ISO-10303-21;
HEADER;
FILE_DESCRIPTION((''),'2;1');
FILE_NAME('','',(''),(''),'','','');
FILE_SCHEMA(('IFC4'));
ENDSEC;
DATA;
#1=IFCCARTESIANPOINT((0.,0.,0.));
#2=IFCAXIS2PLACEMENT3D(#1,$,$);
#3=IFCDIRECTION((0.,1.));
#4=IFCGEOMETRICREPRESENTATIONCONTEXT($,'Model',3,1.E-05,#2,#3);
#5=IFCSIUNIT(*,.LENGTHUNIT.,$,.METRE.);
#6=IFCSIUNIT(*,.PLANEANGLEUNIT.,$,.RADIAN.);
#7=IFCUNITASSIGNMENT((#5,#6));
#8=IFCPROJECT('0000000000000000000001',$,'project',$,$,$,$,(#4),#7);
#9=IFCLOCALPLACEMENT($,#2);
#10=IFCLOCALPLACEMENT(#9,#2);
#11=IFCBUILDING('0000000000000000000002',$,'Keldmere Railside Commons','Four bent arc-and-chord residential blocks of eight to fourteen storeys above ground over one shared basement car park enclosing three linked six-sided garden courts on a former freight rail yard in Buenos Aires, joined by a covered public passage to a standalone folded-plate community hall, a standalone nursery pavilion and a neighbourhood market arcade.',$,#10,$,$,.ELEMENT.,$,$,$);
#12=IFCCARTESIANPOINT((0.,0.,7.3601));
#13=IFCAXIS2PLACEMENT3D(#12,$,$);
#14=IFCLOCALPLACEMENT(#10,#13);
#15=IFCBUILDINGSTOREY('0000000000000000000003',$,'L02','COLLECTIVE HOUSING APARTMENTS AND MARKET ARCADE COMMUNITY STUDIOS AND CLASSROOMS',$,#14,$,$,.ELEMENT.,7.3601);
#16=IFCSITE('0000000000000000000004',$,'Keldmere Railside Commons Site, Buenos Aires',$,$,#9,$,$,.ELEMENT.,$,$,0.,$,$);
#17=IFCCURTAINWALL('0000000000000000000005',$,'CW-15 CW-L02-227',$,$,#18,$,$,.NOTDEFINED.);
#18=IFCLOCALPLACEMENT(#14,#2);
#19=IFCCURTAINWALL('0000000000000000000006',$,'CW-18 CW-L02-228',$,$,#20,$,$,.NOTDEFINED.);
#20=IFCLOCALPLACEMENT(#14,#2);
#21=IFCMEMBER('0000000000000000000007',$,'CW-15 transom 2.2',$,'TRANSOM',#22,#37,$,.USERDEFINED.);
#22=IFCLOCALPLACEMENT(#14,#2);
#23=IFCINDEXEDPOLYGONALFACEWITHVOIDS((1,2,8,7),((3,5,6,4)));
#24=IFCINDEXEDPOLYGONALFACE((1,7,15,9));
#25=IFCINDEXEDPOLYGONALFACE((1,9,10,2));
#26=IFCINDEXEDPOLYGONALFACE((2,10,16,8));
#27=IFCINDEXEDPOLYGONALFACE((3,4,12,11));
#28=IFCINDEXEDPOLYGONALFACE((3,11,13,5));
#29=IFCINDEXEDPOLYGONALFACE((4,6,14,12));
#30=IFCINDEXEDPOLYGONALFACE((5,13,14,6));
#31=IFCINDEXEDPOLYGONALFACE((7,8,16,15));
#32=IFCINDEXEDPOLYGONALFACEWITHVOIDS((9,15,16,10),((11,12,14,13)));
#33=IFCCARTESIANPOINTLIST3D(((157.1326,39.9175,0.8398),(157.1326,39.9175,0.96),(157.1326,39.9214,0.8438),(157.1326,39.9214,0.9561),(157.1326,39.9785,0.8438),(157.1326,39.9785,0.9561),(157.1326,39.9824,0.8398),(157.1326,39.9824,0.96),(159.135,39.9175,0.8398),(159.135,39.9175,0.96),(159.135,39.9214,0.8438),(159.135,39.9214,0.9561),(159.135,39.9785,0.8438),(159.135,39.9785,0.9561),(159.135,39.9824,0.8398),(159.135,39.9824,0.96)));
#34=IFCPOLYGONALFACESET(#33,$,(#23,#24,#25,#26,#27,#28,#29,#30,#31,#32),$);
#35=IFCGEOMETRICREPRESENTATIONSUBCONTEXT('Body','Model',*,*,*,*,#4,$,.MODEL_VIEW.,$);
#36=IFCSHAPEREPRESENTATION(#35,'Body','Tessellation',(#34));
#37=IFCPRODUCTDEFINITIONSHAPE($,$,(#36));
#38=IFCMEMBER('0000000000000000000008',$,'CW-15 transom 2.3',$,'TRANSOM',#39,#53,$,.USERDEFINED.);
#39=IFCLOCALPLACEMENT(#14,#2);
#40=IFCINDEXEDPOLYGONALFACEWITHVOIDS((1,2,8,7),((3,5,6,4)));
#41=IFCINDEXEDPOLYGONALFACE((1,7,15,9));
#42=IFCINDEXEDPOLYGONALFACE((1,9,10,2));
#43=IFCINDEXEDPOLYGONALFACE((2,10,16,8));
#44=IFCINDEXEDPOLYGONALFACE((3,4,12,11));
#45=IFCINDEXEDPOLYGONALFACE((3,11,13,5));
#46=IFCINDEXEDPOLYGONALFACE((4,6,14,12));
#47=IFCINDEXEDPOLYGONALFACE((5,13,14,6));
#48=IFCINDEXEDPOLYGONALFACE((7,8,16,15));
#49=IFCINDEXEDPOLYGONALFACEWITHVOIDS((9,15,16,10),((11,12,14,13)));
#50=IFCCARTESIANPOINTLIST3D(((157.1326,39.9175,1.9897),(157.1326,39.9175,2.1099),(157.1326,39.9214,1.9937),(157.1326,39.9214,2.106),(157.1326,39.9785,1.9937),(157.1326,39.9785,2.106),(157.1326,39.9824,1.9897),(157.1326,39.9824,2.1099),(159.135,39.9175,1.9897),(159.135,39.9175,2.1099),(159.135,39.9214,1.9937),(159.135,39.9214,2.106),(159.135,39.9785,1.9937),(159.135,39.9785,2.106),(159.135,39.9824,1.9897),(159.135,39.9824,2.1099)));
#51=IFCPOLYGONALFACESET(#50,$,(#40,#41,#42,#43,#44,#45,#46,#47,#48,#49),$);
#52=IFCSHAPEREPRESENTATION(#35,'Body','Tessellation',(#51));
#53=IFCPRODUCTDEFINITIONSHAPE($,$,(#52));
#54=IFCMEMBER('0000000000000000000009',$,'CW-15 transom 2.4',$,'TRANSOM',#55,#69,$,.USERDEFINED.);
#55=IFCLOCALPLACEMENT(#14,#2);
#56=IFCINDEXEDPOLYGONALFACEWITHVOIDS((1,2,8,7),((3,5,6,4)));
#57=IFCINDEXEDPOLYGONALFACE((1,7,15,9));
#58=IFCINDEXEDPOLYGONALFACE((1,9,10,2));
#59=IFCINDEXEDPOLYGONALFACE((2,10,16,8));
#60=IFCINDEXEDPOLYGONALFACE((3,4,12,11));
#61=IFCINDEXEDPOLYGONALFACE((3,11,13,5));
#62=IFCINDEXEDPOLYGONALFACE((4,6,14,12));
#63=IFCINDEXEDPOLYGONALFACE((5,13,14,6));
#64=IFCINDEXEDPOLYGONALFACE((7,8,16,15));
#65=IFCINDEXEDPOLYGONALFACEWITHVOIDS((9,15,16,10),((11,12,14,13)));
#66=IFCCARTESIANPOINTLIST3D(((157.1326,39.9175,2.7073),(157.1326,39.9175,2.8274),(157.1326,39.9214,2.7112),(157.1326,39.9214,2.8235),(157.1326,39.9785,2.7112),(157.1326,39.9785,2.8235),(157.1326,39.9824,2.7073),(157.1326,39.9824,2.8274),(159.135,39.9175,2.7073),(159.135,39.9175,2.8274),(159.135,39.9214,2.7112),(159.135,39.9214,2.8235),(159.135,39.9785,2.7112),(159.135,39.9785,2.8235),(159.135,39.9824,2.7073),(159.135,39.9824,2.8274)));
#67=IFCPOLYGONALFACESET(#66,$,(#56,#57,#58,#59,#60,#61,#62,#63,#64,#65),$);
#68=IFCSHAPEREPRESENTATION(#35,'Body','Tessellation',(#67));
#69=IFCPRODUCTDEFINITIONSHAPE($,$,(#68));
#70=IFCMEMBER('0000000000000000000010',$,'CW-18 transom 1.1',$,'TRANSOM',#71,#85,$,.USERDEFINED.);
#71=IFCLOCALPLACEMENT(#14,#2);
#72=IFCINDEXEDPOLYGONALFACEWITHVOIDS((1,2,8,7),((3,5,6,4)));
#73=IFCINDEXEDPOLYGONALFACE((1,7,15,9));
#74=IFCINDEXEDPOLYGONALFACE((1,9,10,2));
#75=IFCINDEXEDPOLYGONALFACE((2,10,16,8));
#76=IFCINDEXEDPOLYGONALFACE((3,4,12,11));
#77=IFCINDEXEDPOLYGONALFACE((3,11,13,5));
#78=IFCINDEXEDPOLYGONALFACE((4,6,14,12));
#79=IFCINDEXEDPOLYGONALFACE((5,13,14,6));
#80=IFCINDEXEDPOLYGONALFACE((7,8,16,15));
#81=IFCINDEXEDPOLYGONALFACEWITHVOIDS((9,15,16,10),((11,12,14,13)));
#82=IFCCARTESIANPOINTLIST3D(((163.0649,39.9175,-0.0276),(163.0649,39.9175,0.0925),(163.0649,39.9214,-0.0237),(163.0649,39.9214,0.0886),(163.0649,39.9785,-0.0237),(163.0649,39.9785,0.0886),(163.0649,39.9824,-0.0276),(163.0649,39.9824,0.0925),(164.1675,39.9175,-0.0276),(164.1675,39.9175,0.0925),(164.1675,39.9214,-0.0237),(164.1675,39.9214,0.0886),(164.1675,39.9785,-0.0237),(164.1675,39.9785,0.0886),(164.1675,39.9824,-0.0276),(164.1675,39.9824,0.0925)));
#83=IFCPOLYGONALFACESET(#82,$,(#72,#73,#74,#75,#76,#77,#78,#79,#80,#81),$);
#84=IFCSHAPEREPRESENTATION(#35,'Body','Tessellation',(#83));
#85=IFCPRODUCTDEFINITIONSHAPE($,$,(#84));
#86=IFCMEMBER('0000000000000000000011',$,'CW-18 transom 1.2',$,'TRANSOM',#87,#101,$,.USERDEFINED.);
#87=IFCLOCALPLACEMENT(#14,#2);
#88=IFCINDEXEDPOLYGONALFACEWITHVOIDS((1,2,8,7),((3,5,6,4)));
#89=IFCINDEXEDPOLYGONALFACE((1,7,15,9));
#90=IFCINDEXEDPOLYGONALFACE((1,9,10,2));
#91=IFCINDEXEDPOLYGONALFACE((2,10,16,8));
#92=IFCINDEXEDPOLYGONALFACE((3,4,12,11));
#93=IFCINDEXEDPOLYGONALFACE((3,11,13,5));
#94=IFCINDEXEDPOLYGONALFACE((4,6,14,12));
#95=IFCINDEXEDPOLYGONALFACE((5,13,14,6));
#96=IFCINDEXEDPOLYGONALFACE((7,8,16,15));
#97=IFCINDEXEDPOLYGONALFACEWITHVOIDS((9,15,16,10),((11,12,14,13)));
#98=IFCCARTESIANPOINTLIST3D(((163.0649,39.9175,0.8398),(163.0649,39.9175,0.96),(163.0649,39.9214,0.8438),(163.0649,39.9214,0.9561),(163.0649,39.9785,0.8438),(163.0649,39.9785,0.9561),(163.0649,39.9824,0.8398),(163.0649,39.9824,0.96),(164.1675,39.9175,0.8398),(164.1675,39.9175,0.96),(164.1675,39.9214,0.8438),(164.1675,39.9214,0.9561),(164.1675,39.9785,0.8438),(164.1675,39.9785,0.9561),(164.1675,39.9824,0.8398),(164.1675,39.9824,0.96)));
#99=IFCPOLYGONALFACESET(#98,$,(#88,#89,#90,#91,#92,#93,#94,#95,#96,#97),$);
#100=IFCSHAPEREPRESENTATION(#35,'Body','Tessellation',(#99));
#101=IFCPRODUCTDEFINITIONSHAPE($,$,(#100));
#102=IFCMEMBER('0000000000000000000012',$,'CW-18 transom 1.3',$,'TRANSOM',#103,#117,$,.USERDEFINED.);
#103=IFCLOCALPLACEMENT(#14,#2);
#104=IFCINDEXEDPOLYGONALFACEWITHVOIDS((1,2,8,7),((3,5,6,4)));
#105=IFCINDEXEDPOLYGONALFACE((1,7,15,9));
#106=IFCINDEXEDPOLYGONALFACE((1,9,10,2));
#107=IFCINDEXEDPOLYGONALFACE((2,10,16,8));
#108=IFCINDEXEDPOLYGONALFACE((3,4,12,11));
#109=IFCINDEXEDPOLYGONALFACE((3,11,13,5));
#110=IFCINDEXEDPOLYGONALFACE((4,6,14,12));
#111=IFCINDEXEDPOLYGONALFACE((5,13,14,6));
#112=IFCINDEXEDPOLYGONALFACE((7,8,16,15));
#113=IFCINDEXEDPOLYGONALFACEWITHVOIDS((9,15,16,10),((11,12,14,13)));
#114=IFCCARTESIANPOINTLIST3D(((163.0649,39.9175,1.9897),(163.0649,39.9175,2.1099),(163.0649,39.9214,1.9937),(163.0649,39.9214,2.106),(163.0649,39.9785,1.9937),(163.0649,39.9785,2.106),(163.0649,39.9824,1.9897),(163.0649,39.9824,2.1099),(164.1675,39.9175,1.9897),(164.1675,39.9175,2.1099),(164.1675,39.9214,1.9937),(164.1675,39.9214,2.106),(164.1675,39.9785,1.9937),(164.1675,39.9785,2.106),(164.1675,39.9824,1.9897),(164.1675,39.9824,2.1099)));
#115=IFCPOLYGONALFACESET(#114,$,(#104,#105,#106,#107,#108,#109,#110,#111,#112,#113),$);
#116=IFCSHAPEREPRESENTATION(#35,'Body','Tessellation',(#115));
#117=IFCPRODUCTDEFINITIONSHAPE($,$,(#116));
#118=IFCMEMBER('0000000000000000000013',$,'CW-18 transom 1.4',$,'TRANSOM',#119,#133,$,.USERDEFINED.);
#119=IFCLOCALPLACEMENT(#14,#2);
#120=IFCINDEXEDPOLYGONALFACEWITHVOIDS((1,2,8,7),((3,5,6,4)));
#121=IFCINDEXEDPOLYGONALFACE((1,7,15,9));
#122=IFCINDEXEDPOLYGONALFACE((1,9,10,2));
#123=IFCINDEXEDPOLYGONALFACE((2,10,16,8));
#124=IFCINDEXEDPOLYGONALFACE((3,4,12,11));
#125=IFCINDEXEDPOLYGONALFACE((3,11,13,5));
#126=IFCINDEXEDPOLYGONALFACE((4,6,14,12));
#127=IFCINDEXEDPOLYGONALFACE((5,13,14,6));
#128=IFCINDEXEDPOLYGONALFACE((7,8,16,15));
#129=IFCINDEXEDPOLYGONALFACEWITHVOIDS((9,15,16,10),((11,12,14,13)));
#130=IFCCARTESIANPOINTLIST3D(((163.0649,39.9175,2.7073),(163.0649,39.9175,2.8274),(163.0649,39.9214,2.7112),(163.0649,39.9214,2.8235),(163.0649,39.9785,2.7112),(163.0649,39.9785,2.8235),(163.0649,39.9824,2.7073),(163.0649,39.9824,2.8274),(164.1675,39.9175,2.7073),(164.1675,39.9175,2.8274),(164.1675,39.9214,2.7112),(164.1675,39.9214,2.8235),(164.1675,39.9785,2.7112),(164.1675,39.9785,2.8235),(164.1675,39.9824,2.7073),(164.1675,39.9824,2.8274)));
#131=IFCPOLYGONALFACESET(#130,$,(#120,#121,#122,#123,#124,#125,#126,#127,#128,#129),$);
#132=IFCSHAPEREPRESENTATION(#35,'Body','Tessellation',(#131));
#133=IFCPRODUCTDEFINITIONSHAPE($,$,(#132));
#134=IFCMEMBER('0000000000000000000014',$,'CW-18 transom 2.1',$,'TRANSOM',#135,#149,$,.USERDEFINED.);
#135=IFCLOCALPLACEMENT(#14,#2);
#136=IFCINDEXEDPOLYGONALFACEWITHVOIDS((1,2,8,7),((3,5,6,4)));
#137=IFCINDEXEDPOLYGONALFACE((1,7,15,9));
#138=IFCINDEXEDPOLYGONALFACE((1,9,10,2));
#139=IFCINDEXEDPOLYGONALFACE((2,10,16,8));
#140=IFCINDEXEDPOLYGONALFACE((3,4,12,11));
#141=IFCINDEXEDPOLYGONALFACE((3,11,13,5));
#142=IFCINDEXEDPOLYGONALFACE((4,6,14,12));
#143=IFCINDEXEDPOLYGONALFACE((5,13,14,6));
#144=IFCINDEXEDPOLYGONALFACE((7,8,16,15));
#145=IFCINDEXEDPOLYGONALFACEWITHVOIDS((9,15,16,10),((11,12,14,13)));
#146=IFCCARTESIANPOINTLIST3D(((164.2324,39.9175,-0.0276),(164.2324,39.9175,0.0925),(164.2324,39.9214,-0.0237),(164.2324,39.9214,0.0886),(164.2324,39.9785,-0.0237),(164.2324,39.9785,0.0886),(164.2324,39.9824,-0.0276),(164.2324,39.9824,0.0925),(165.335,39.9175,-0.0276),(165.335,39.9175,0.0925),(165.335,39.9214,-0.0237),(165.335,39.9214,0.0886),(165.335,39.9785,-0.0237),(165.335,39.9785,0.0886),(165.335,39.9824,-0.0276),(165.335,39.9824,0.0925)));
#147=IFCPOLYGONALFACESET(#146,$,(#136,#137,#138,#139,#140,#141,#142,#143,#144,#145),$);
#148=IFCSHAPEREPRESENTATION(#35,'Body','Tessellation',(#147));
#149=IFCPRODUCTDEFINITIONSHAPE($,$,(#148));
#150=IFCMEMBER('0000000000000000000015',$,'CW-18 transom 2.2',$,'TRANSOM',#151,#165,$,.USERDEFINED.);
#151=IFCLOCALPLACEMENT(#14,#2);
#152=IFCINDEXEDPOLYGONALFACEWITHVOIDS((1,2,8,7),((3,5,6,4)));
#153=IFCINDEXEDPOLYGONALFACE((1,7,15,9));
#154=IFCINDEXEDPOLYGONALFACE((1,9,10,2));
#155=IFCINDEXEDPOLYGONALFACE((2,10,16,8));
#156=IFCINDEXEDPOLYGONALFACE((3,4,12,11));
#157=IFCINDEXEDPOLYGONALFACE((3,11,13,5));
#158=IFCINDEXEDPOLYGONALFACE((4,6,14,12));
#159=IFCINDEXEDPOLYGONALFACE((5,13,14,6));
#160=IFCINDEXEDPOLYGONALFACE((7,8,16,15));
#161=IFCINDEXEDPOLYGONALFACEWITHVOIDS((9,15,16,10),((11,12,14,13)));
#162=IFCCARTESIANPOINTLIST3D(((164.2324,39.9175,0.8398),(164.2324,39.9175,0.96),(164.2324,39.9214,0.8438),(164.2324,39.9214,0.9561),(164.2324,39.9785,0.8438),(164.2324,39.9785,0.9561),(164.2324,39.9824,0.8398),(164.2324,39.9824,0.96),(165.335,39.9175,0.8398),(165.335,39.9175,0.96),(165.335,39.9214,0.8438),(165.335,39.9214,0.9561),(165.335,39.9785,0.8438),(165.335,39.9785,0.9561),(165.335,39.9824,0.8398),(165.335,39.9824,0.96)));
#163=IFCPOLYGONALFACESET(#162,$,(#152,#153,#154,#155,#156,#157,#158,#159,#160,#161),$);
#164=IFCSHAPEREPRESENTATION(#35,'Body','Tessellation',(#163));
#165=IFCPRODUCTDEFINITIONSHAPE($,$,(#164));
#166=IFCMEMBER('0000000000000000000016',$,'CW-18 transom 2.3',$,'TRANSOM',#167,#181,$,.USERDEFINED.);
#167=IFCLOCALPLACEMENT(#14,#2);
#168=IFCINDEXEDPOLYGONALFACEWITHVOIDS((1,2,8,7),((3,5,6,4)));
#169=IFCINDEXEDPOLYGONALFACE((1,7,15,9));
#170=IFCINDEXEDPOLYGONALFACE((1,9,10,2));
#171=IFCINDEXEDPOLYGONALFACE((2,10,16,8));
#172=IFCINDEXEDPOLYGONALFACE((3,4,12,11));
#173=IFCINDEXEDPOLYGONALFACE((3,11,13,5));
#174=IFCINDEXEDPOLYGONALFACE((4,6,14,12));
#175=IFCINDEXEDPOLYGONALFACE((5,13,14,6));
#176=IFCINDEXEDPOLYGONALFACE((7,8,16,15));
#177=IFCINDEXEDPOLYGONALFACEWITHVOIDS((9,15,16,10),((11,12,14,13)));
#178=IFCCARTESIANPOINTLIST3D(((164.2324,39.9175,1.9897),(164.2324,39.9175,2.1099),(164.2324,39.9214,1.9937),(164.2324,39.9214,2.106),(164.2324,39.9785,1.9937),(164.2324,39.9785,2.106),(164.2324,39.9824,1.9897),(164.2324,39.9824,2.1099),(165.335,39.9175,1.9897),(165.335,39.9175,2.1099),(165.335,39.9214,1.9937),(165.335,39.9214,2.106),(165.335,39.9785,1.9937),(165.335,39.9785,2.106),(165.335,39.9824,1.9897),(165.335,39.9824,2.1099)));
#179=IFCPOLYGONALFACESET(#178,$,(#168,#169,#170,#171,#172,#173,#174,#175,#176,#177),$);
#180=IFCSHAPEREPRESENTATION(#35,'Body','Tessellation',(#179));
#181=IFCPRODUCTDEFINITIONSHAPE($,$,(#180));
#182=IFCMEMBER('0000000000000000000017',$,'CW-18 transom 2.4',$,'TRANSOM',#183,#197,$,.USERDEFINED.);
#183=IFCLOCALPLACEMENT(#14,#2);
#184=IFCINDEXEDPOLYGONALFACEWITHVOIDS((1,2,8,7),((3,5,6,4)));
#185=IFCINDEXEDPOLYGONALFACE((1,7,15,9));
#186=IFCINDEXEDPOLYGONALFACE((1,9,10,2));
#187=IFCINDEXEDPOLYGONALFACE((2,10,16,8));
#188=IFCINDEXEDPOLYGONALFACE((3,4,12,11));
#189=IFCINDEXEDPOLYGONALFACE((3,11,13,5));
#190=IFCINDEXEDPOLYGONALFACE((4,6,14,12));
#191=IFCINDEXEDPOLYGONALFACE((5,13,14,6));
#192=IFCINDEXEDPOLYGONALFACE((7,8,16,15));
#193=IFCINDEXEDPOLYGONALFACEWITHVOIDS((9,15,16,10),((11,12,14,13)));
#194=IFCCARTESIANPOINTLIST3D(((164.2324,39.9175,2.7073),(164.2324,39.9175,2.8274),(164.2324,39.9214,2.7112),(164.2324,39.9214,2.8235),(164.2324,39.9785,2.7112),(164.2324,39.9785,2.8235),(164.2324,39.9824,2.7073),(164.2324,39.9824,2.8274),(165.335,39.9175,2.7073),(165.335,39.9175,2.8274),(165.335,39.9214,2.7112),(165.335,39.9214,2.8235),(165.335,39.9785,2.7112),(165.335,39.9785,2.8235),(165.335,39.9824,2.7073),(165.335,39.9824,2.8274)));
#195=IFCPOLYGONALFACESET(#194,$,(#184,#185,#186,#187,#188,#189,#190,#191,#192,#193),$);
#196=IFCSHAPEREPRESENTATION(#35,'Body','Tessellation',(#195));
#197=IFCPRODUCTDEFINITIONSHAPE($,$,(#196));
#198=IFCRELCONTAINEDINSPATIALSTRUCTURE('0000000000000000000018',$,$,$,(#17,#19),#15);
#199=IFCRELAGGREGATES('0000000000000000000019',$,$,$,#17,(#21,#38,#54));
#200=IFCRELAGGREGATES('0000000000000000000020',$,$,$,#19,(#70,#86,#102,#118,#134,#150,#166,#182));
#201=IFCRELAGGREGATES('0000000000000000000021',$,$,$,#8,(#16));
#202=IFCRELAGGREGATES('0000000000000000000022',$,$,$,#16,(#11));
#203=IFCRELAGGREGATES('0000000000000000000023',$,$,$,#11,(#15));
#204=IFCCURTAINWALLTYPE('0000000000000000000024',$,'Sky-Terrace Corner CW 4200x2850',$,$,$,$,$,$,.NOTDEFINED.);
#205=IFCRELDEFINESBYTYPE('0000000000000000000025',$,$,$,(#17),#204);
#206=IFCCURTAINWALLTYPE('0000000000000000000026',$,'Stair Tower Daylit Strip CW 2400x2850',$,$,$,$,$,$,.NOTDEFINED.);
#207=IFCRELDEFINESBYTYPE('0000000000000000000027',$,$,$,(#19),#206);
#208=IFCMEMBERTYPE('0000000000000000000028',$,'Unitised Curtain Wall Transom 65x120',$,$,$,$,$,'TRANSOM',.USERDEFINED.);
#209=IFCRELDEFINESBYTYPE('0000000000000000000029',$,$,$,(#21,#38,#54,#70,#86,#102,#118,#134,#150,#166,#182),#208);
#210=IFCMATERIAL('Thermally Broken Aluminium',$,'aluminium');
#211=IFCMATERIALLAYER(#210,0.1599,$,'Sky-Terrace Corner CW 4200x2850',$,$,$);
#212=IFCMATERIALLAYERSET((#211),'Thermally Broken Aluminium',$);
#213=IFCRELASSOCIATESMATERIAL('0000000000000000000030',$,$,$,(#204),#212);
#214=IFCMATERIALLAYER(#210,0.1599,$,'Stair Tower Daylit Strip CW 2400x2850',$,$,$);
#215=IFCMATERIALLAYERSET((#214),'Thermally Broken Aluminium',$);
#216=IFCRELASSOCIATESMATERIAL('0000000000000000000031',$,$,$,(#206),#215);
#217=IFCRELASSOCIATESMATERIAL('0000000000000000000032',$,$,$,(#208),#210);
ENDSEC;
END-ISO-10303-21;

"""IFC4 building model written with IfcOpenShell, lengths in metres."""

from ifc_helpers import new_model, si_unit, direction, frame, origin, origin_2d, place, context, subcontext, project, spatial, hollow_rectangle, extrude, material, layer, layer_set, material_profile, profile_set, type_object, element, aggregate, save


model = new_model("IFC4")

# Units and contexts
model_context = context("Model", 3, precision=1e-05, world=origin(), true_north=direction((0.0, 1.0)))
body_context = subcontext(model_context, "Body", "Model", "MODEL_VIEW")
ifc_project = project(units=[si_unit("LENGTHUNIT", "METRE"), si_unit("PLANEANGLEUNIT", "RADIAN")], contexts=[model_context])

# Site, building, storey
site_placement = place(None, origin())
site = spatial("IfcSite", under=ifc_project, at=site_placement, Name="Keldmere Railside Commons Site, Buenos Aires", CompositionType="ELEMENT", RefElevation=0.0)
building_placement = place(site_placement, origin())
building = spatial("IfcBuilding", under=site, at=building_placement, Name="Keldmere Railside Commons", Description="Four bent arc-and-chord residential blocks of eight to fourteen storeys above ground over one shared basement car park enclosing three linked six-sided garden courts on a former freight rail yard in Buenos Aires, joined by a covered public passage to a standalone folded-plate community hall, a standalone nursery pavilion and a neighbourhood market arcade.", CompositionType="ELEMENT")
storey_placement = place(building_placement, frame((0.0, 0.0, 7.3601)))
storey = spatial("IfcBuildingStorey", under=building, at=storey_placement, Name="L02", Description="COLLECTIVE HOUSING APARTMENTS AND MARKET ARCADE COMMUNITY STUDIOS AND CLASSROOMS", CompositionType="ELEMENT", Elevation=7.3601)

# Shared definitions
ifc_material_1 = material(Name="Thermally Broken Aluminium", Category="aluminium")

# Curtain walls
ifc_layer_1 = layer(ifc_material_1, 0.1599, Name="Sky-Terrace Corner CW 4200x2850")
ifc_layer_set_1 = layer_set([ifc_layer_1], Name="Thermally Broken Aluminium")
curtain_wall_type_1 = type_object("IfcCurtainWallType", Name="Sky-Terrace Corner CW 4200x2850", PredefinedType="NOTDEFINED", material=ifc_layer_set_1)
curtain_wall_1_placement = place(storey_placement, origin())
curtain_wall_1 = element("IfcCurtainWall", 1, at=curtain_wall_1_placement, inside=storey, type_object=curtain_wall_type_1, Name="CW-15 CW-L02-227", PredefinedType="NOTDEFINED")
ifc_layer_2 = layer(ifc_material_1, 0.1599, Name="Stair Tower Daylit Strip CW 2400x2850")
ifc_layer_set_2 = layer_set([ifc_layer_2], Name="Thermally Broken Aluminium")
curtain_wall_type_2 = type_object("IfcCurtainWallType", Name="Stair Tower Daylit Strip CW 2400x2850", PredefinedType="NOTDEFINED", material=ifc_layer_set_2)
curtain_wall_2_placement = place(storey_placement, origin())
curtain_wall_2 = element("IfcCurtainWall", 2, at=curtain_wall_2_placement, inside=storey, type_object=curtain_wall_type_2, Name="CW-18 CW-L02-228", PredefinedType="NOTDEFINED")

# Members
ifc_material_profile_1 = material_profile(ifc_material_1, hollow_rectangle(XDim=0.0649, YDim=0.1201, WallThickness=0.0039, at=origin_2d()), Name="ALU-TRAN-65x120")
ifc_profile_set_1 = profile_set([ifc_material_profile_1], Name="Thermally Broken Aluminium")
member_type_1 = type_object("IfcMemberType", Name="Unitised Curtain Wall Transom 65x120", ElementType="TRANSOM", PredefinedType="USERDEFINED", material=ifc_profile_set_1)
member_1_placement = place(storey_placement, frame((157.1326, 39.95, 0.8999), z_axis=(1.0, 0.0, 0.0), x_axis=(0.0, 1.0, 0.0)))
member_1 = element("IfcMember", 3, at=member_1_placement, type_object=member_type_1, Name="CW-15 transom 2.2", ObjectType="TRANSOM", PredefinedType="USERDEFINED", context=body_context, shape_type="SweptSolid", body=[
    extrude(hollow_rectangle(XDim=0.0649, YDim=0.1201, WallThickness=0.0039, at=origin_2d()), origin(), (0.0, 0.0, 1.0), 2.0024),
])
member_2_placement = place(storey_placement, frame((157.1326, 39.95, 2.0498), z_axis=(1.0, 0.0, 0.0), x_axis=(0.0, 1.0, 0.0)))
member_2 = element("IfcMember", 4, at=member_2_placement, type_object=member_type_1, Name="CW-15 transom 2.3", ObjectType="TRANSOM", PredefinedType="USERDEFINED", context=body_context, shape_type="SweptSolid", body=[
    extrude(hollow_rectangle(XDim=0.0649, YDim=0.1201, WallThickness=0.0039, at=origin_2d()), origin(), (0.0, 0.0, 1.0), 2.0024),
])
member_3_placement = place(storey_placement, frame((157.1326, 39.95, 2.7673), z_axis=(1.0, 0.0, 0.0), x_axis=(0.0, 1.0, 0.0)))
member_3 = element("IfcMember", 5, at=member_3_placement, type_object=member_type_1, Name="CW-15 transom 2.4", ObjectType="TRANSOM", PredefinedType="USERDEFINED", context=body_context, shape_type="SweptSolid", body=[
    extrude(hollow_rectangle(XDim=0.0649, YDim=0.1201, WallThickness=0.0039, at=origin_2d()), origin(), (0.0, 0.0, 1.0), 2.0024),
])
member_4_placement = place(storey_placement, frame((163.0649, 39.95, 0.0325), z_axis=(1.0, 0.0, 0.0), x_axis=(0.0, 1.0, 0.0)))
member_4 = element("IfcMember", 6, at=member_4_placement, type_object=member_type_1, Name="CW-18 transom 1.1", ObjectType="TRANSOM", PredefinedType="USERDEFINED", context=body_context, shape_type="SweptSolid", body=[
    extrude(hollow_rectangle(XDim=0.0649, YDim=0.1201, WallThickness=0.0039, at=origin_2d()), origin(), (0.0, 0.0, 1.0), 1.1025),
])
member_5_placement = place(storey_placement, frame((163.0649, 39.95, 0.8999), z_axis=(1.0, 0.0, 0.0), x_axis=(0.0, 1.0, 0.0)))
member_5 = element("IfcMember", 7, at=member_5_placement, type_object=member_type_1, Name="CW-18 transom 1.2", ObjectType="TRANSOM", PredefinedType="USERDEFINED", context=body_context, shape_type="SweptSolid", body=[
    extrude(hollow_rectangle(XDim=0.0649, YDim=0.1201, WallThickness=0.0039, at=origin_2d()), origin(), (0.0, 0.0, 1.0), 1.1025),
])
member_6_placement = place(storey_placement, frame((163.0649, 39.95, 2.0498), z_axis=(1.0, 0.0, 0.0), x_axis=(0.0, 1.0, 0.0)))
member_6 = element("IfcMember", 8, at=member_6_placement, type_object=member_type_1, Name="CW-18 transom 1.3", ObjectType="TRANSOM", PredefinedType="USERDEFINED", context=body_context, shape_type="SweptSolid", body=[
    extrude(hollow_rectangle(XDim=0.0649, YDim=0.1201, WallThickness=0.0039, at=origin_2d()), origin(), (0.0, 0.0, 1.0), 1.1025),
])
member_7_placement = place(storey_placement, frame((163.0649, 39.95, 2.7673), z_axis=(1.0, 0.0, 0.0), x_axis=(0.0, 1.0, 0.0)))
member_7 = element("IfcMember", 9, at=member_7_placement, type_object=member_type_1, Name="CW-18 transom 1.4", ObjectType="TRANSOM", PredefinedType="USERDEFINED", context=body_context, shape_type="SweptSolid", body=[
    extrude(hollow_rectangle(XDim=0.0649, YDim=0.1201, WallThickness=0.0039, at=origin_2d()), origin(), (0.0, 0.0, 1.0), 1.1025),
])
member_8_placement = place(storey_placement, frame((164.2324, 39.95, 0.0325), z_axis=(1.0, 0.0, 0.0), x_axis=(0.0, 1.0, 0.0)))
member_8 = element("IfcMember", 10, at=member_8_placement, type_object=member_type_1, Name="CW-18 transom 2.1", ObjectType="TRANSOM", PredefinedType="USERDEFINED", context=body_context, shape_type="SweptSolid", body=[
    extrude(hollow_rectangle(XDim=0.0649, YDim=0.1201, WallThickness=0.0039, at=origin_2d()), origin(), (0.0, 0.0, 1.0), 1.1025),
])
member_9_placement = place(storey_placement, frame((164.2324, 39.95, 0.8999), z_axis=(1.0, 0.0, 0.0), x_axis=(0.0, 1.0, 0.0)))
member_9 = element("IfcMember", 11, at=member_9_placement, type_object=member_type_1, Name="CW-18 transom 2.2", ObjectType="TRANSOM", PredefinedType="USERDEFINED", context=body_context, shape_type="SweptSolid", body=[
    extrude(hollow_rectangle(XDim=0.0649, YDim=0.1201, WallThickness=0.0039, at=origin_2d()), origin(), (0.0, 0.0, 1.0), 1.1025),
])
member_10_placement = place(storey_placement, frame((164.2324, 39.95, 2.0498), z_axis=(1.0, 0.0, 0.0), x_axis=(0.0, 1.0, 0.0)))
member_10 = element("IfcMember", 12, at=member_10_placement, type_object=member_type_1, Name="CW-18 transom 2.3", ObjectType="TRANSOM", PredefinedType="USERDEFINED", context=body_context, shape_type="SweptSolid", body=[
    extrude(hollow_rectangle(XDim=0.0649, YDim=0.1201, WallThickness=0.0039, at=origin_2d()), origin(), (0.0, 0.0, 1.0), 1.1025),
])
member_11_placement = place(storey_placement, frame((164.2324, 39.95, 2.7673), z_axis=(1.0, 0.0, 0.0), x_axis=(0.0, 1.0, 0.0)))
member_11 = element("IfcMember", 13, at=member_11_placement, type_object=member_type_1, Name="CW-18 transom 2.4", ObjectType="TRANSOM", PredefinedType="USERDEFINED", context=body_context, shape_type="SweptSolid", body=[
    extrude(hollow_rectangle(XDim=0.0649, YDim=0.1201, WallThickness=0.0039, at=origin_2d()), origin(), (0.0, 0.0, 1.0), 1.1025),
])

aggregate(curtain_wall_1, [member_1, member_2, member_3])
aggregate(curtain_wall_2, [member_4, member_5, member_6, member_7, member_8, member_9, member_10, member_11])

save(model, "model.ifc")
